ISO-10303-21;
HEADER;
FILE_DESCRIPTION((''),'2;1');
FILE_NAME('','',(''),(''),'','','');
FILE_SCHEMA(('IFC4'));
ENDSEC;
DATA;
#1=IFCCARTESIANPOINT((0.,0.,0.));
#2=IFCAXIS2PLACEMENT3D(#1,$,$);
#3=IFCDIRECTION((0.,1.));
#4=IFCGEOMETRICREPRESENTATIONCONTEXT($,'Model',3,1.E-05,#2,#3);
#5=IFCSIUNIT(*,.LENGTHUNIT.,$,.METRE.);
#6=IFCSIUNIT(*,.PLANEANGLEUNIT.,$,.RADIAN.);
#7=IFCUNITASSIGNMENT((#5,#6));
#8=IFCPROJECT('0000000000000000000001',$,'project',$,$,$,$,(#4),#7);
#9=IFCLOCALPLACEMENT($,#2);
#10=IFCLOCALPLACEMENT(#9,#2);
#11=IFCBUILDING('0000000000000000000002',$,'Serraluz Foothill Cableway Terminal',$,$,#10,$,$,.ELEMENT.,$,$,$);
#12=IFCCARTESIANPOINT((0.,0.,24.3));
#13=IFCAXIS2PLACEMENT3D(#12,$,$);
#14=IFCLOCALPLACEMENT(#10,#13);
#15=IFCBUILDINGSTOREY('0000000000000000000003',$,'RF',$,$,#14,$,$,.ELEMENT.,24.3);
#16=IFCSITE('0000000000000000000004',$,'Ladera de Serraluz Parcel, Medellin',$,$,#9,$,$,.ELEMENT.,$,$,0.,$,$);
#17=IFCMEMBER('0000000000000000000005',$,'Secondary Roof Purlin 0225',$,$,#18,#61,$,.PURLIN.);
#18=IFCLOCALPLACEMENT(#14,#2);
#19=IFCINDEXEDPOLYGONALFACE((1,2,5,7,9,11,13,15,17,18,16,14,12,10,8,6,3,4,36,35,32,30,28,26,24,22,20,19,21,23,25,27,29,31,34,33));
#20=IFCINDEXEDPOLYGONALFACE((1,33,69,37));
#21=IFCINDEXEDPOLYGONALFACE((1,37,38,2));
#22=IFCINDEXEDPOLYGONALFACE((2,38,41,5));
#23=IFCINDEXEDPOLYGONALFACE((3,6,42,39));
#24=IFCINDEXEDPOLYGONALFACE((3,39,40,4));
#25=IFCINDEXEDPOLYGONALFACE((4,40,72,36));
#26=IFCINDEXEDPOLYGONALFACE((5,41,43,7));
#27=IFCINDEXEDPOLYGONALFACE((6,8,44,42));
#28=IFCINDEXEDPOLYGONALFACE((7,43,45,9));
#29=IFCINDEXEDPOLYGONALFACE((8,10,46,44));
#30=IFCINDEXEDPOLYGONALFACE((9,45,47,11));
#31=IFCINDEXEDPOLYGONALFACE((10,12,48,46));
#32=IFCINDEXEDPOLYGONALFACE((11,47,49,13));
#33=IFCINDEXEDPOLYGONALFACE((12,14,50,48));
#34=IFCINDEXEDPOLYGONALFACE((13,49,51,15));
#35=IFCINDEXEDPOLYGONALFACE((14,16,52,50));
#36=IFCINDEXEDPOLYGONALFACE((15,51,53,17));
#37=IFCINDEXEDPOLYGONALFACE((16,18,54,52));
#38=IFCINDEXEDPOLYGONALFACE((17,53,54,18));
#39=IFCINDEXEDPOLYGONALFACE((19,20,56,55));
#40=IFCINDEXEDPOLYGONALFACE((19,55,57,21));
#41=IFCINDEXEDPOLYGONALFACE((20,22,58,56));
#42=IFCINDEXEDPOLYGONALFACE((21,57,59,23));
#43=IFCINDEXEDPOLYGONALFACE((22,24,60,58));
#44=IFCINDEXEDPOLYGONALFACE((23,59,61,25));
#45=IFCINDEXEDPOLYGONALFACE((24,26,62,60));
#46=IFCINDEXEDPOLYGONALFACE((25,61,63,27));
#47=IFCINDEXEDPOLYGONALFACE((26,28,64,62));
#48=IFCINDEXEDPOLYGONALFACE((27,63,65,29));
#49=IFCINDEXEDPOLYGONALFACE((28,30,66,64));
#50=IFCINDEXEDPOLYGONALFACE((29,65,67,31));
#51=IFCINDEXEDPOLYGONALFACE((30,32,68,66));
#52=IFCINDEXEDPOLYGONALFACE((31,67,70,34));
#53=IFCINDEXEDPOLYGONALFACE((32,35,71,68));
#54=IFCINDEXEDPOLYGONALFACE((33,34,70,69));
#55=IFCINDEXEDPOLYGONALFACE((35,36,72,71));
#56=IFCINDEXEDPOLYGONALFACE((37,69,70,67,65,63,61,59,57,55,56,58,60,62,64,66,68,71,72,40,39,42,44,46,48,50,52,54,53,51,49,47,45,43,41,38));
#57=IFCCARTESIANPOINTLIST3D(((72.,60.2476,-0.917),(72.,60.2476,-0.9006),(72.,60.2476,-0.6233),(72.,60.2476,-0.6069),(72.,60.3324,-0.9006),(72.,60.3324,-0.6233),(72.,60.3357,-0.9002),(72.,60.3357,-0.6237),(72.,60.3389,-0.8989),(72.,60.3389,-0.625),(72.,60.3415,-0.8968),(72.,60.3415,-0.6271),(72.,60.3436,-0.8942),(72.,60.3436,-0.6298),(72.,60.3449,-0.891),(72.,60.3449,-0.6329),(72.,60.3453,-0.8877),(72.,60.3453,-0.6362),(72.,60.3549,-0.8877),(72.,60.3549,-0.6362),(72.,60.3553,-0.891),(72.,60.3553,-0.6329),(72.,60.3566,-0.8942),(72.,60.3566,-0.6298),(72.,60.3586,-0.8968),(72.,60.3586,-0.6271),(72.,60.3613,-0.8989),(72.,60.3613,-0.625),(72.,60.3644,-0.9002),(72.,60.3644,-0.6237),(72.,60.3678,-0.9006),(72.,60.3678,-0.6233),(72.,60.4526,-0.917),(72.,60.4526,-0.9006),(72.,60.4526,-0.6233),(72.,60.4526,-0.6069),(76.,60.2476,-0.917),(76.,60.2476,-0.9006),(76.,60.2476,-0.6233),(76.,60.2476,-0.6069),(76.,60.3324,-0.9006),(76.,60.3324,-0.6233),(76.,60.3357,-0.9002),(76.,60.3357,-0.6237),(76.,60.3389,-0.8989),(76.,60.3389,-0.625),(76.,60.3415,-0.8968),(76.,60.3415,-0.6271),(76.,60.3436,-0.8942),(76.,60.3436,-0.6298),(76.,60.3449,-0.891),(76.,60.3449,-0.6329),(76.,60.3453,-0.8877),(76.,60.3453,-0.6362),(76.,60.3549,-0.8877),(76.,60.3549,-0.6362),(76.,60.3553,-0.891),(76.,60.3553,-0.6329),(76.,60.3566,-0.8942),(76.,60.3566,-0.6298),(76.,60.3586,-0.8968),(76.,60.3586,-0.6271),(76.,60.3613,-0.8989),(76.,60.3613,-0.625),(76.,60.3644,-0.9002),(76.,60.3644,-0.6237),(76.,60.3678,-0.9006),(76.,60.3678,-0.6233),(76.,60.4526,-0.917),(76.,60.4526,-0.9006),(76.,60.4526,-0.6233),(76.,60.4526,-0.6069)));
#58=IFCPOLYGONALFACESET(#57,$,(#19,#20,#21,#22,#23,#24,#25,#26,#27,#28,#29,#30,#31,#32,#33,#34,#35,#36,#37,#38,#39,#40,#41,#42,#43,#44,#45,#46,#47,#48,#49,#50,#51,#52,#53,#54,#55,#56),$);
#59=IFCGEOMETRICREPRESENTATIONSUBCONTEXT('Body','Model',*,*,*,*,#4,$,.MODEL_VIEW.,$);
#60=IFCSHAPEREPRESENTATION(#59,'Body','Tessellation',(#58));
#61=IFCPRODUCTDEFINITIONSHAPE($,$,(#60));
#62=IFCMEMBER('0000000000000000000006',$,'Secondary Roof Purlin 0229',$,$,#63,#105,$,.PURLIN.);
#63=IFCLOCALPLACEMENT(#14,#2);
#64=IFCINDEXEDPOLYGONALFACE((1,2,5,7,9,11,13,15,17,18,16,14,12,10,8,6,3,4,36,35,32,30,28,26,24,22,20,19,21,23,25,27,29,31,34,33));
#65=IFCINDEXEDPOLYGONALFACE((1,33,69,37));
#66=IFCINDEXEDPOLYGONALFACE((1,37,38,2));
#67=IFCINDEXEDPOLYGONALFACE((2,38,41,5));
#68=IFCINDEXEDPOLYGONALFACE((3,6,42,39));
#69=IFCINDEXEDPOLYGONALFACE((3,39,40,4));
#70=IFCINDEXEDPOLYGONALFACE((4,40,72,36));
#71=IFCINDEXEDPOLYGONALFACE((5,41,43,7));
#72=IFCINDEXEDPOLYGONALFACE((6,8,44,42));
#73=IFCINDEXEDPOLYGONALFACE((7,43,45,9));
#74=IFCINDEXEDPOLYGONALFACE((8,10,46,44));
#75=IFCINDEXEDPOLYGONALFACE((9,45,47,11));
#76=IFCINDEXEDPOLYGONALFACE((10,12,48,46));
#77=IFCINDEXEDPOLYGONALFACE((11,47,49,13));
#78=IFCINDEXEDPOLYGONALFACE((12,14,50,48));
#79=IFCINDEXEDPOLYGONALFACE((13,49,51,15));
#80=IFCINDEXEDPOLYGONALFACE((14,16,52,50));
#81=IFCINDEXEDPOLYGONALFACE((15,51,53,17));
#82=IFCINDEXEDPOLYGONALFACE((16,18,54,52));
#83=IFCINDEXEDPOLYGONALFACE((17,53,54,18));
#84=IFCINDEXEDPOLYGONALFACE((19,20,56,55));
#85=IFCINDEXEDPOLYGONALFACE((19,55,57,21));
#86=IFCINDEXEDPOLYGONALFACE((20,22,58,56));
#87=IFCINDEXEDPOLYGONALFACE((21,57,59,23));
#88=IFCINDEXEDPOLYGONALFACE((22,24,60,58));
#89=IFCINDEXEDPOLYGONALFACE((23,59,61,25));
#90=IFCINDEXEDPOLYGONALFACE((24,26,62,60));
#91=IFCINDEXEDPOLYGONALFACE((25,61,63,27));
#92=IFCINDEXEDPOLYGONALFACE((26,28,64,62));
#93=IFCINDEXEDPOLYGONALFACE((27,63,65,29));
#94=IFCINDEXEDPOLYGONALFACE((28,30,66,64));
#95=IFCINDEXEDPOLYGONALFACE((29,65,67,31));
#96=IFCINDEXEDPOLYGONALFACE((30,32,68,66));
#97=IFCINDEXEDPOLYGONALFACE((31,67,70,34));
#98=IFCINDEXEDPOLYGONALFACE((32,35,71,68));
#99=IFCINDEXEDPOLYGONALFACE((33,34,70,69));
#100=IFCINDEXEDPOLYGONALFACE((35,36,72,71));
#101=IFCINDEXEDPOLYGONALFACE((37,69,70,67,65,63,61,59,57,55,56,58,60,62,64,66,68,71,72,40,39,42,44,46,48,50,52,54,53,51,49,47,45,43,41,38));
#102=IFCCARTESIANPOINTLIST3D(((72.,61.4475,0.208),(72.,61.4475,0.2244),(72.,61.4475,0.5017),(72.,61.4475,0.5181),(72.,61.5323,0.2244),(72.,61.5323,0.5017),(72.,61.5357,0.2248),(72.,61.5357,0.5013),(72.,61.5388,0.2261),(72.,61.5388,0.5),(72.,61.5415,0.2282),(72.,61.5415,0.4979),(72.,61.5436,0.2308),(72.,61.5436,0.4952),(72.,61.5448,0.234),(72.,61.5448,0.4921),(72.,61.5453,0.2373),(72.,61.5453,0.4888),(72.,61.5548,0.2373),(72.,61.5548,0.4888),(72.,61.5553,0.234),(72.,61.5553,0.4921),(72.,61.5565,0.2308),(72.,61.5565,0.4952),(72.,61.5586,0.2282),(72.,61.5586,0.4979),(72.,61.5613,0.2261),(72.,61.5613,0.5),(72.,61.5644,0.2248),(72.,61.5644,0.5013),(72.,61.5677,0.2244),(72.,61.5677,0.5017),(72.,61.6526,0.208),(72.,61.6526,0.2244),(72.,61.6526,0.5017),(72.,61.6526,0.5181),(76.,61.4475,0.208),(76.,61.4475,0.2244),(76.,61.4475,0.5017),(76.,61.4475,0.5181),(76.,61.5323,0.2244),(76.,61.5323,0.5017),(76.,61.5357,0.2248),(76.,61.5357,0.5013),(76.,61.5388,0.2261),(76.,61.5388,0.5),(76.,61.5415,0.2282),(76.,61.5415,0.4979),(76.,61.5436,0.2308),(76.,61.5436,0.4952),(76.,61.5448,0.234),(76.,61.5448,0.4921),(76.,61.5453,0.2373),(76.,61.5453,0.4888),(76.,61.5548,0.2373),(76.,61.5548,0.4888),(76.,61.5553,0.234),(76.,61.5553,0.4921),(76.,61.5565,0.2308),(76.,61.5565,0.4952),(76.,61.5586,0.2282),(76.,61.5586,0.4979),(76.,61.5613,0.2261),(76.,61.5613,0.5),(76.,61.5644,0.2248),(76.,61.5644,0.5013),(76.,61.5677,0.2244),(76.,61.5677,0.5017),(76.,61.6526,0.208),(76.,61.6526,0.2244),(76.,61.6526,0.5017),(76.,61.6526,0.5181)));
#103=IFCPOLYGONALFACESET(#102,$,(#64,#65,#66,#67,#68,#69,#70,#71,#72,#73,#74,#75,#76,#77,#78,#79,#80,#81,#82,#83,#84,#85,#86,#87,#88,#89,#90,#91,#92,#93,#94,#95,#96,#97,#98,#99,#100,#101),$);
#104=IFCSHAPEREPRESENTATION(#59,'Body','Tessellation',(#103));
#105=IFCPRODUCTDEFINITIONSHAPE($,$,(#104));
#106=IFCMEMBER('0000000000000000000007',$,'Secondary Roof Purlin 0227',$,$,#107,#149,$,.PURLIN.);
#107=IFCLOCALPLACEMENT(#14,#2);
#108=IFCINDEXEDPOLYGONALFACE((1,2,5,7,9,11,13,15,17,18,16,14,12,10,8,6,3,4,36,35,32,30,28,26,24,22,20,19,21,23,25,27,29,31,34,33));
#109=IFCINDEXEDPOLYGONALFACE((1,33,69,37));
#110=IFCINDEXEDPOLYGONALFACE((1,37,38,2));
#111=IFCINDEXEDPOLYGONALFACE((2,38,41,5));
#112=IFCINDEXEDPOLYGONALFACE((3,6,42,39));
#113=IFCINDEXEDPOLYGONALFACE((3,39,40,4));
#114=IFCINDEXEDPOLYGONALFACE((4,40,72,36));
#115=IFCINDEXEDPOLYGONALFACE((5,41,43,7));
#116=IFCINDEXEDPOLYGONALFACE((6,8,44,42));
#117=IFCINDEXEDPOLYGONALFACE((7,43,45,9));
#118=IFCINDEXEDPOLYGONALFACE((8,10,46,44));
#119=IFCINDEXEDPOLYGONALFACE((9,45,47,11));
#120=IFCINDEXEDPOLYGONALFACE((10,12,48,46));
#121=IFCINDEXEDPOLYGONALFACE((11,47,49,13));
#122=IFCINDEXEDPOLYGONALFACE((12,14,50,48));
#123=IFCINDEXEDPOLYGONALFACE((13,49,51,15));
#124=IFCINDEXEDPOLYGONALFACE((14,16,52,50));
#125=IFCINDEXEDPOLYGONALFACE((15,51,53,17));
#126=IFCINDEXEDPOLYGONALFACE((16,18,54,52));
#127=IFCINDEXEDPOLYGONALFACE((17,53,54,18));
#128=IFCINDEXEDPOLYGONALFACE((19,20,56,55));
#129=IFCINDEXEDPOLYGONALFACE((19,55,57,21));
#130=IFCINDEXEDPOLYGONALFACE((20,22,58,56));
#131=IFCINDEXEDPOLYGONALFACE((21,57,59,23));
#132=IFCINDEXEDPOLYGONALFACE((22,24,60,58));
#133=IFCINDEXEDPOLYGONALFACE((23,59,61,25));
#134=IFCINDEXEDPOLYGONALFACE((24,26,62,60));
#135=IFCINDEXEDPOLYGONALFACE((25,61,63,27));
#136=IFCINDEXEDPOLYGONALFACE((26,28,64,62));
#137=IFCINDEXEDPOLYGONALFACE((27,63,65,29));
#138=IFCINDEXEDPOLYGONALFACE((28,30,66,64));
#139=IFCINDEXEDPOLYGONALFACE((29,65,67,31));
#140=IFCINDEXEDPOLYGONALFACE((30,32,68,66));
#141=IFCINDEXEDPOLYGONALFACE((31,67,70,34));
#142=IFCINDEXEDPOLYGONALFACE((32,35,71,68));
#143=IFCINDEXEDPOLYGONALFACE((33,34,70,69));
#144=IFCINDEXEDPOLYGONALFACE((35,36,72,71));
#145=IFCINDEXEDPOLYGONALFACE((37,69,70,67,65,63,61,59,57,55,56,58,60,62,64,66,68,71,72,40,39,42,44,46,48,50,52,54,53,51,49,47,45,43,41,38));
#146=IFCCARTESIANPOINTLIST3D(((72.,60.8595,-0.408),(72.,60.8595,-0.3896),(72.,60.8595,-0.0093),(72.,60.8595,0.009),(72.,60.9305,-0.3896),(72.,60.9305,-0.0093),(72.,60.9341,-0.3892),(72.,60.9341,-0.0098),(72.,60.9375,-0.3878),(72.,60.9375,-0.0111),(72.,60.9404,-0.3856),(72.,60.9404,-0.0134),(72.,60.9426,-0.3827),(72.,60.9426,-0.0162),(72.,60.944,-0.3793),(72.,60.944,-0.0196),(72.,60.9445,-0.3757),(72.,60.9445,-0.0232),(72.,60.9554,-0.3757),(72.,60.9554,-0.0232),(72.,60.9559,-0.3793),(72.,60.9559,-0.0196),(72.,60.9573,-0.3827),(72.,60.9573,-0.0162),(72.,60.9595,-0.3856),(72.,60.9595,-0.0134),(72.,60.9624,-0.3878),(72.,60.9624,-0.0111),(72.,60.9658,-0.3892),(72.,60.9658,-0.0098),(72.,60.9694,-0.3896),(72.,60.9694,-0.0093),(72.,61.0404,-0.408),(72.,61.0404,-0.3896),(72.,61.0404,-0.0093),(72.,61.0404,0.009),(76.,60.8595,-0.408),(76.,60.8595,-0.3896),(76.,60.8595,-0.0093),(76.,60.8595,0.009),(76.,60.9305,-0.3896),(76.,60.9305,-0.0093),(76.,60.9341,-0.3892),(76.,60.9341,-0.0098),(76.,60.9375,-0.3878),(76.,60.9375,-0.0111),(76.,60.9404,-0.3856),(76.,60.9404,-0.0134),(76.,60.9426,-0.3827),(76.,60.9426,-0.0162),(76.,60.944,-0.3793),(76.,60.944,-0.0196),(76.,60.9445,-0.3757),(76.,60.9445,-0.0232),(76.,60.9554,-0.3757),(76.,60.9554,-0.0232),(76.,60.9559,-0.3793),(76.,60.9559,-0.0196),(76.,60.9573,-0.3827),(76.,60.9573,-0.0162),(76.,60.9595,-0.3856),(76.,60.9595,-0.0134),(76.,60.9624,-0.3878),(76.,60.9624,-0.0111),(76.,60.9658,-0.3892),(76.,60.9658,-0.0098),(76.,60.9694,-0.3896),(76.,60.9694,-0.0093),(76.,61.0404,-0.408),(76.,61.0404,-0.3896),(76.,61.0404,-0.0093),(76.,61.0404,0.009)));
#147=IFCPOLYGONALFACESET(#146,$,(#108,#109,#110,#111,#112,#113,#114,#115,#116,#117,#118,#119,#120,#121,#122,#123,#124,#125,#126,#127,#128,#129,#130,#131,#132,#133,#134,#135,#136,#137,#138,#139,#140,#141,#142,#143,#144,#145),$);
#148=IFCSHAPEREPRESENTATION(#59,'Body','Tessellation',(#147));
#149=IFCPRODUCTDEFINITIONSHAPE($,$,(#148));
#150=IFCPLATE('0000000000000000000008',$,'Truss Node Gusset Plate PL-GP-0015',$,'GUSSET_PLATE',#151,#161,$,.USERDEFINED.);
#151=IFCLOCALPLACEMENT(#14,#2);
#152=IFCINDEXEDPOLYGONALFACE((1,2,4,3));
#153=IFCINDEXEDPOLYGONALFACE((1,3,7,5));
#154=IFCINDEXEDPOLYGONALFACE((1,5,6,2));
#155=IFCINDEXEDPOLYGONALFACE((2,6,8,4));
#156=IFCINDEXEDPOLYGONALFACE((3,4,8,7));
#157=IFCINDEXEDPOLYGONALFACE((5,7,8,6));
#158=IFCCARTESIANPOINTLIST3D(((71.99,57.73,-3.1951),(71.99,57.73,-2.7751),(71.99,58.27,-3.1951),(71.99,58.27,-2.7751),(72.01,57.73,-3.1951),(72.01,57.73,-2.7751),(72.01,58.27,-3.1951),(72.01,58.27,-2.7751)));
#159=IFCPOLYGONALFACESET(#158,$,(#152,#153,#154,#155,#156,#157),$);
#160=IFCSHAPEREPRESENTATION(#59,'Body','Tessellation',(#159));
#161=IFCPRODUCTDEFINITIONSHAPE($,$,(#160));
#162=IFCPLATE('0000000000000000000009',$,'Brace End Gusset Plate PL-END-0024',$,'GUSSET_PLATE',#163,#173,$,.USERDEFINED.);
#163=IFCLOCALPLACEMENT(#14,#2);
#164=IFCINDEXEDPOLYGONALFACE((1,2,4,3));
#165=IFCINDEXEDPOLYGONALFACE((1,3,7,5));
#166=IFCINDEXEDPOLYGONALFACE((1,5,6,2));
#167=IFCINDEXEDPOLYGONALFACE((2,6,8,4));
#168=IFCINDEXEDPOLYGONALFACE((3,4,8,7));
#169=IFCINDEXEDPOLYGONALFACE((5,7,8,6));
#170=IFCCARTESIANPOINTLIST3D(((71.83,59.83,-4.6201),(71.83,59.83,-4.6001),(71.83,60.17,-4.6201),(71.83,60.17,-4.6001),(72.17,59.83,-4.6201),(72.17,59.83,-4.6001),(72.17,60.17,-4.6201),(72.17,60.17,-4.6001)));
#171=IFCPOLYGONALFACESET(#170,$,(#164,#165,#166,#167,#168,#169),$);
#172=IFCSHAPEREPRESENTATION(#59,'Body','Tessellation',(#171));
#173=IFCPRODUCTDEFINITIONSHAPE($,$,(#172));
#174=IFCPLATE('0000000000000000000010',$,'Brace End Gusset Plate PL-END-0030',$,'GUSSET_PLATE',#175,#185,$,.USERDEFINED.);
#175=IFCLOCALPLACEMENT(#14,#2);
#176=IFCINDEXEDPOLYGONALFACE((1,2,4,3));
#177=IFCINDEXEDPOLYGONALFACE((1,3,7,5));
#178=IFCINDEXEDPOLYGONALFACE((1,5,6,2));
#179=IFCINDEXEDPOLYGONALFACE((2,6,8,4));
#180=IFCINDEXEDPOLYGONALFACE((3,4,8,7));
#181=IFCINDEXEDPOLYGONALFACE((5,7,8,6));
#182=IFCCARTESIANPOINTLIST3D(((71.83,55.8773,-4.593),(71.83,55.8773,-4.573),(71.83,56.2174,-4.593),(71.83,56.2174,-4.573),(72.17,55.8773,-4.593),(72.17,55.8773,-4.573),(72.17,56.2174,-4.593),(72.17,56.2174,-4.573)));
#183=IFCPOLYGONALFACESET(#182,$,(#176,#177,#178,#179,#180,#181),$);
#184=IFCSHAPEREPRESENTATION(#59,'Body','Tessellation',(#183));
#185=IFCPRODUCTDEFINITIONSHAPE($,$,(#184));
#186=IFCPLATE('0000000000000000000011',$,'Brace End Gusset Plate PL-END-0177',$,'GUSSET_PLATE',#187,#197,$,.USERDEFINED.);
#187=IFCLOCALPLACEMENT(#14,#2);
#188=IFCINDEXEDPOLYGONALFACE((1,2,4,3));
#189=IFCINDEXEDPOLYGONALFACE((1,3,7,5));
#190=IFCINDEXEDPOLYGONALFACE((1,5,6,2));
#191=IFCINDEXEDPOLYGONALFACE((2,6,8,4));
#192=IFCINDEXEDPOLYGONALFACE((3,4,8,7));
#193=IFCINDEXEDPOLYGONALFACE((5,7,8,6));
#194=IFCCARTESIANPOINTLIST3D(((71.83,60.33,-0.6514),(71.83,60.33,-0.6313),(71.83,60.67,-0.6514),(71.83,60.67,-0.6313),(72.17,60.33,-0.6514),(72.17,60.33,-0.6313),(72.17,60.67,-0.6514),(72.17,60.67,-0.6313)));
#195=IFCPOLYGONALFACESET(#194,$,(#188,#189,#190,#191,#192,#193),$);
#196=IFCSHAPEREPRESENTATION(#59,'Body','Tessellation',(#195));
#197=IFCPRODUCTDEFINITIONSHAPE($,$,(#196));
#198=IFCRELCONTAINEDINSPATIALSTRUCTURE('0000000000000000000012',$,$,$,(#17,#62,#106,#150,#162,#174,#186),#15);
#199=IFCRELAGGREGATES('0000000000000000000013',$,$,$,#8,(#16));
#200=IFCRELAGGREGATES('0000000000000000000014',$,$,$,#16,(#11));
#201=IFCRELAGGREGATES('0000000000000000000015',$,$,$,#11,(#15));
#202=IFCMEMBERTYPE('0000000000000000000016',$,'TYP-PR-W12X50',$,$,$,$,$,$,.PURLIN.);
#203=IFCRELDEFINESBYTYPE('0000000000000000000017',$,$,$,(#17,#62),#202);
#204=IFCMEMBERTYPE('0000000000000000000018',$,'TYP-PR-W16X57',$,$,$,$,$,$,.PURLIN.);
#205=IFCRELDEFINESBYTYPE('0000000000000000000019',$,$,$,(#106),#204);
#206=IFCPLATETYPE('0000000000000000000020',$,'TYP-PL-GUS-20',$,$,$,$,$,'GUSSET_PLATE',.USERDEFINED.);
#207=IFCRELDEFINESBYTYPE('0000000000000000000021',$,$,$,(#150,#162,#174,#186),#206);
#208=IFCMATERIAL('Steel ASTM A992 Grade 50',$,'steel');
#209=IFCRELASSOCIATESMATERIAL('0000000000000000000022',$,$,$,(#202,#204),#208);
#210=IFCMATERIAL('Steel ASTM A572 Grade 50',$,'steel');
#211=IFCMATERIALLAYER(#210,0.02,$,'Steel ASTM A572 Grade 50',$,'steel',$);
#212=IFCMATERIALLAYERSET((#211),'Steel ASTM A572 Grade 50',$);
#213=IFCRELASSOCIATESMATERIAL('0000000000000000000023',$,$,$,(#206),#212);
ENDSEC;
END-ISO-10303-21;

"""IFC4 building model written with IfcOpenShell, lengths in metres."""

from ifc_helpers import new_model, si_unit, direction, frame, origin, origin_2d, place, context, subcontext, project, spatial, rectangle, i_section, extrude, material, layer, layer_set, material_profile, profile_set, type_object, element, save


model = new_model("IFC4")

# Units and contexts
model_context = context("Model", 3, precision=1e-05, world=origin(), true_north=direction((0.0, 1.0)))
body_context = subcontext(model_context, "Body", "Model", "MODEL_VIEW")
ifc_project = project(units=[si_unit("LENGTHUNIT", "METRE"), si_unit("PLANEANGLEUNIT", "RADIAN")], contexts=[model_context])

# Site, building, storey
site_placement = place(None, origin())
site = spatial("IfcSite", under=ifc_project, at=site_placement, Name="Ladera de Serraluz Parcel, Medellin", CompositionType="ELEMENT", RefElevation=0.0)
building_placement = place(site_placement, origin())
building = spatial("IfcBuilding", under=site, at=building_placement, Name="Serraluz Foothill Cableway Terminal", CompositionType="ELEMENT")
storey_placement = place(building_placement, frame((0.0, 0.0, 24.3)))
storey = spatial("IfcBuildingStorey", under=building, at=storey_placement, Name="RF", CompositionType="ELEMENT", Elevation=24.3)

# Members
ifc_material_1 = material(Name="Steel ASTM A572 Grade 50", Category="steel")
ifc_material_2 = material(Name="Steel ASTM A992 Grade 50", Category="steel")
ifc_material_profile_1 = material_profile(ifc_material_2, i_section(OverallWidth=0.2051, OverallDepth=0.3101, WebThickness=0.0095, FlangeThickness=0.0164, FilletRadius=0.0129, at=origin_2d()), Name="W12X50")
ifc_profile_set_1 = profile_set([ifc_material_profile_1], Name="Steel ASTM A992 Grade 50")
member_type_1 = type_object("IfcMemberType", Name="TYP-PR-W12X50", PredefinedType="PURLIN", material=ifc_profile_set_1)
for number, where, z_axis, x_axis, name in (
    (1, (72.0, 60.3501, -0.762), (1.0, 0.0, 0.0), (0.0, 1.0, 0.0), "Secondary Roof Purlin 0225"),
    (2, (72.0, 61.55, 0.363), (1.0, 0.0, 0.0), (0.0, 1.0, 0.0), "Secondary Roof Purlin 0229"),
):
    element("IfcMember", number, at=place(storey_placement, frame(where, z_axis=z_axis, x_axis=x_axis)), inside=storey, type_object=member_type_1, Name=name, PredefinedType="PURLIN", context=body_context, shape_type="SweptSolid", body=[
        extrude(i_section(OverallWidth=0.2051, OverallDepth=0.3101, WebThickness=0.0095, FlangeThickness=0.0164, FilletRadius=0.0129, at=origin_2d()), origin(), (0.0, 0.0, 1.0), 4.0),
    ])
ifc_material_profile_2 = material_profile(ifc_material_2, i_section(OverallWidth=0.1809, OverallDepth=0.417, WebThickness=0.011, FlangeThickness=0.0183, FilletRadius=0.0139, at=origin_2d()), Name="W16X57")
ifc_profile_set_2 = profile_set([ifc_material_profile_2], Name="Steel ASTM A992 Grade 50")
member_type_2 = type_object("IfcMemberType", Name="TYP-PR-W16X57", PredefinedType="PURLIN", material=ifc_profile_set_2)
member_1_placement = place(storey_placement, frame((72.0, 60.95, -0.1995), z_axis=(1.0, 0.0, 0.0), x_axis=(0.0, 1.0, 0.0)))
element("IfcMember", 3, at=member_1_placement, inside=storey, type_object=member_type_2, Name="Secondary Roof Purlin 0227", PredefinedType="PURLIN", context=body_context, shape_type="SweptSolid", body=[
    extrude(i_section(OverallWidth=0.1809, OverallDepth=0.417, WebThickness=0.011, FlangeThickness=0.0183, FilletRadius=0.0139, at=origin_2d()), origin(), (0.0, 0.0, 1.0), 4.0),
])

# Plates
ifc_layer_1 = layer(ifc_material_1, 0.02, Name="Steel ASTM A572 Grade 50", Category="steel")
ifc_layer_set_1 = layer_set([ifc_layer_1], Name="Steel ASTM A572 Grade 50")
plate_type_1 = type_object("IfcPlateType", Name="TYP-PL-GUS-20", ElementType="GUSSET_PLATE", PredefinedType="USERDEFINED", material=ifc_layer_set_1)
plate_1_placement = place(storey_placement, frame((72.0, 58.0, -3.1951), z_axis=(0.0, 0.0, 1.0), x_axis=(1.0, 0.0, 0.0)))
element("IfcPlate", 4, at=plate_1_placement, inside=storey, type_object=plate_type_1, Name="Truss Node Gusset Plate PL-GP-0015", ObjectType="GUSSET_PLATE", PredefinedType="USERDEFINED", context=body_context, shape_type="SweptSolid", body=[
    extrude(rectangle(XDim=0.02, YDim=0.54, at=origin_2d()), origin(), (0.0, 0.0, 1.0), 0.4199),
])
for number, where, z_axis, x_axis, name in (
    (5, (72.0, 60.0, -4.6201), (0.0, 0.0, 1.0), (1.0, 0.0, 0.0), "Brace End Gusset Plate PL-END-0024"),
    (6, (72.0, 56.0474, -4.593), (0.0, 0.0, 1.0), (1.0, 0.0, 0.0), "Brace End Gusset Plate PL-END-0030"),
    (7, (72.0, 60.5, -0.6514), (0.0, 0.0, 1.0), (1.0, 0.0, 0.0), "Brace End Gusset Plate PL-END-0177"),
):
    element("IfcPlate", number, at=place(storey_placement, frame(where, z_axis=z_axis, x_axis=x_axis)), inside=storey, type_object=plate_type_1, Name=name, ObjectType="GUSSET_PLATE", PredefinedType="USERDEFINED", context=body_context, shape_type="SweptSolid", body=[
        extrude(rectangle(XDim=0.3401, YDim=0.3401, at=origin_2d()), origin(), (0.0, 0.0, 1.0), 0.02),
    ])

save(model, "model.ifc")
